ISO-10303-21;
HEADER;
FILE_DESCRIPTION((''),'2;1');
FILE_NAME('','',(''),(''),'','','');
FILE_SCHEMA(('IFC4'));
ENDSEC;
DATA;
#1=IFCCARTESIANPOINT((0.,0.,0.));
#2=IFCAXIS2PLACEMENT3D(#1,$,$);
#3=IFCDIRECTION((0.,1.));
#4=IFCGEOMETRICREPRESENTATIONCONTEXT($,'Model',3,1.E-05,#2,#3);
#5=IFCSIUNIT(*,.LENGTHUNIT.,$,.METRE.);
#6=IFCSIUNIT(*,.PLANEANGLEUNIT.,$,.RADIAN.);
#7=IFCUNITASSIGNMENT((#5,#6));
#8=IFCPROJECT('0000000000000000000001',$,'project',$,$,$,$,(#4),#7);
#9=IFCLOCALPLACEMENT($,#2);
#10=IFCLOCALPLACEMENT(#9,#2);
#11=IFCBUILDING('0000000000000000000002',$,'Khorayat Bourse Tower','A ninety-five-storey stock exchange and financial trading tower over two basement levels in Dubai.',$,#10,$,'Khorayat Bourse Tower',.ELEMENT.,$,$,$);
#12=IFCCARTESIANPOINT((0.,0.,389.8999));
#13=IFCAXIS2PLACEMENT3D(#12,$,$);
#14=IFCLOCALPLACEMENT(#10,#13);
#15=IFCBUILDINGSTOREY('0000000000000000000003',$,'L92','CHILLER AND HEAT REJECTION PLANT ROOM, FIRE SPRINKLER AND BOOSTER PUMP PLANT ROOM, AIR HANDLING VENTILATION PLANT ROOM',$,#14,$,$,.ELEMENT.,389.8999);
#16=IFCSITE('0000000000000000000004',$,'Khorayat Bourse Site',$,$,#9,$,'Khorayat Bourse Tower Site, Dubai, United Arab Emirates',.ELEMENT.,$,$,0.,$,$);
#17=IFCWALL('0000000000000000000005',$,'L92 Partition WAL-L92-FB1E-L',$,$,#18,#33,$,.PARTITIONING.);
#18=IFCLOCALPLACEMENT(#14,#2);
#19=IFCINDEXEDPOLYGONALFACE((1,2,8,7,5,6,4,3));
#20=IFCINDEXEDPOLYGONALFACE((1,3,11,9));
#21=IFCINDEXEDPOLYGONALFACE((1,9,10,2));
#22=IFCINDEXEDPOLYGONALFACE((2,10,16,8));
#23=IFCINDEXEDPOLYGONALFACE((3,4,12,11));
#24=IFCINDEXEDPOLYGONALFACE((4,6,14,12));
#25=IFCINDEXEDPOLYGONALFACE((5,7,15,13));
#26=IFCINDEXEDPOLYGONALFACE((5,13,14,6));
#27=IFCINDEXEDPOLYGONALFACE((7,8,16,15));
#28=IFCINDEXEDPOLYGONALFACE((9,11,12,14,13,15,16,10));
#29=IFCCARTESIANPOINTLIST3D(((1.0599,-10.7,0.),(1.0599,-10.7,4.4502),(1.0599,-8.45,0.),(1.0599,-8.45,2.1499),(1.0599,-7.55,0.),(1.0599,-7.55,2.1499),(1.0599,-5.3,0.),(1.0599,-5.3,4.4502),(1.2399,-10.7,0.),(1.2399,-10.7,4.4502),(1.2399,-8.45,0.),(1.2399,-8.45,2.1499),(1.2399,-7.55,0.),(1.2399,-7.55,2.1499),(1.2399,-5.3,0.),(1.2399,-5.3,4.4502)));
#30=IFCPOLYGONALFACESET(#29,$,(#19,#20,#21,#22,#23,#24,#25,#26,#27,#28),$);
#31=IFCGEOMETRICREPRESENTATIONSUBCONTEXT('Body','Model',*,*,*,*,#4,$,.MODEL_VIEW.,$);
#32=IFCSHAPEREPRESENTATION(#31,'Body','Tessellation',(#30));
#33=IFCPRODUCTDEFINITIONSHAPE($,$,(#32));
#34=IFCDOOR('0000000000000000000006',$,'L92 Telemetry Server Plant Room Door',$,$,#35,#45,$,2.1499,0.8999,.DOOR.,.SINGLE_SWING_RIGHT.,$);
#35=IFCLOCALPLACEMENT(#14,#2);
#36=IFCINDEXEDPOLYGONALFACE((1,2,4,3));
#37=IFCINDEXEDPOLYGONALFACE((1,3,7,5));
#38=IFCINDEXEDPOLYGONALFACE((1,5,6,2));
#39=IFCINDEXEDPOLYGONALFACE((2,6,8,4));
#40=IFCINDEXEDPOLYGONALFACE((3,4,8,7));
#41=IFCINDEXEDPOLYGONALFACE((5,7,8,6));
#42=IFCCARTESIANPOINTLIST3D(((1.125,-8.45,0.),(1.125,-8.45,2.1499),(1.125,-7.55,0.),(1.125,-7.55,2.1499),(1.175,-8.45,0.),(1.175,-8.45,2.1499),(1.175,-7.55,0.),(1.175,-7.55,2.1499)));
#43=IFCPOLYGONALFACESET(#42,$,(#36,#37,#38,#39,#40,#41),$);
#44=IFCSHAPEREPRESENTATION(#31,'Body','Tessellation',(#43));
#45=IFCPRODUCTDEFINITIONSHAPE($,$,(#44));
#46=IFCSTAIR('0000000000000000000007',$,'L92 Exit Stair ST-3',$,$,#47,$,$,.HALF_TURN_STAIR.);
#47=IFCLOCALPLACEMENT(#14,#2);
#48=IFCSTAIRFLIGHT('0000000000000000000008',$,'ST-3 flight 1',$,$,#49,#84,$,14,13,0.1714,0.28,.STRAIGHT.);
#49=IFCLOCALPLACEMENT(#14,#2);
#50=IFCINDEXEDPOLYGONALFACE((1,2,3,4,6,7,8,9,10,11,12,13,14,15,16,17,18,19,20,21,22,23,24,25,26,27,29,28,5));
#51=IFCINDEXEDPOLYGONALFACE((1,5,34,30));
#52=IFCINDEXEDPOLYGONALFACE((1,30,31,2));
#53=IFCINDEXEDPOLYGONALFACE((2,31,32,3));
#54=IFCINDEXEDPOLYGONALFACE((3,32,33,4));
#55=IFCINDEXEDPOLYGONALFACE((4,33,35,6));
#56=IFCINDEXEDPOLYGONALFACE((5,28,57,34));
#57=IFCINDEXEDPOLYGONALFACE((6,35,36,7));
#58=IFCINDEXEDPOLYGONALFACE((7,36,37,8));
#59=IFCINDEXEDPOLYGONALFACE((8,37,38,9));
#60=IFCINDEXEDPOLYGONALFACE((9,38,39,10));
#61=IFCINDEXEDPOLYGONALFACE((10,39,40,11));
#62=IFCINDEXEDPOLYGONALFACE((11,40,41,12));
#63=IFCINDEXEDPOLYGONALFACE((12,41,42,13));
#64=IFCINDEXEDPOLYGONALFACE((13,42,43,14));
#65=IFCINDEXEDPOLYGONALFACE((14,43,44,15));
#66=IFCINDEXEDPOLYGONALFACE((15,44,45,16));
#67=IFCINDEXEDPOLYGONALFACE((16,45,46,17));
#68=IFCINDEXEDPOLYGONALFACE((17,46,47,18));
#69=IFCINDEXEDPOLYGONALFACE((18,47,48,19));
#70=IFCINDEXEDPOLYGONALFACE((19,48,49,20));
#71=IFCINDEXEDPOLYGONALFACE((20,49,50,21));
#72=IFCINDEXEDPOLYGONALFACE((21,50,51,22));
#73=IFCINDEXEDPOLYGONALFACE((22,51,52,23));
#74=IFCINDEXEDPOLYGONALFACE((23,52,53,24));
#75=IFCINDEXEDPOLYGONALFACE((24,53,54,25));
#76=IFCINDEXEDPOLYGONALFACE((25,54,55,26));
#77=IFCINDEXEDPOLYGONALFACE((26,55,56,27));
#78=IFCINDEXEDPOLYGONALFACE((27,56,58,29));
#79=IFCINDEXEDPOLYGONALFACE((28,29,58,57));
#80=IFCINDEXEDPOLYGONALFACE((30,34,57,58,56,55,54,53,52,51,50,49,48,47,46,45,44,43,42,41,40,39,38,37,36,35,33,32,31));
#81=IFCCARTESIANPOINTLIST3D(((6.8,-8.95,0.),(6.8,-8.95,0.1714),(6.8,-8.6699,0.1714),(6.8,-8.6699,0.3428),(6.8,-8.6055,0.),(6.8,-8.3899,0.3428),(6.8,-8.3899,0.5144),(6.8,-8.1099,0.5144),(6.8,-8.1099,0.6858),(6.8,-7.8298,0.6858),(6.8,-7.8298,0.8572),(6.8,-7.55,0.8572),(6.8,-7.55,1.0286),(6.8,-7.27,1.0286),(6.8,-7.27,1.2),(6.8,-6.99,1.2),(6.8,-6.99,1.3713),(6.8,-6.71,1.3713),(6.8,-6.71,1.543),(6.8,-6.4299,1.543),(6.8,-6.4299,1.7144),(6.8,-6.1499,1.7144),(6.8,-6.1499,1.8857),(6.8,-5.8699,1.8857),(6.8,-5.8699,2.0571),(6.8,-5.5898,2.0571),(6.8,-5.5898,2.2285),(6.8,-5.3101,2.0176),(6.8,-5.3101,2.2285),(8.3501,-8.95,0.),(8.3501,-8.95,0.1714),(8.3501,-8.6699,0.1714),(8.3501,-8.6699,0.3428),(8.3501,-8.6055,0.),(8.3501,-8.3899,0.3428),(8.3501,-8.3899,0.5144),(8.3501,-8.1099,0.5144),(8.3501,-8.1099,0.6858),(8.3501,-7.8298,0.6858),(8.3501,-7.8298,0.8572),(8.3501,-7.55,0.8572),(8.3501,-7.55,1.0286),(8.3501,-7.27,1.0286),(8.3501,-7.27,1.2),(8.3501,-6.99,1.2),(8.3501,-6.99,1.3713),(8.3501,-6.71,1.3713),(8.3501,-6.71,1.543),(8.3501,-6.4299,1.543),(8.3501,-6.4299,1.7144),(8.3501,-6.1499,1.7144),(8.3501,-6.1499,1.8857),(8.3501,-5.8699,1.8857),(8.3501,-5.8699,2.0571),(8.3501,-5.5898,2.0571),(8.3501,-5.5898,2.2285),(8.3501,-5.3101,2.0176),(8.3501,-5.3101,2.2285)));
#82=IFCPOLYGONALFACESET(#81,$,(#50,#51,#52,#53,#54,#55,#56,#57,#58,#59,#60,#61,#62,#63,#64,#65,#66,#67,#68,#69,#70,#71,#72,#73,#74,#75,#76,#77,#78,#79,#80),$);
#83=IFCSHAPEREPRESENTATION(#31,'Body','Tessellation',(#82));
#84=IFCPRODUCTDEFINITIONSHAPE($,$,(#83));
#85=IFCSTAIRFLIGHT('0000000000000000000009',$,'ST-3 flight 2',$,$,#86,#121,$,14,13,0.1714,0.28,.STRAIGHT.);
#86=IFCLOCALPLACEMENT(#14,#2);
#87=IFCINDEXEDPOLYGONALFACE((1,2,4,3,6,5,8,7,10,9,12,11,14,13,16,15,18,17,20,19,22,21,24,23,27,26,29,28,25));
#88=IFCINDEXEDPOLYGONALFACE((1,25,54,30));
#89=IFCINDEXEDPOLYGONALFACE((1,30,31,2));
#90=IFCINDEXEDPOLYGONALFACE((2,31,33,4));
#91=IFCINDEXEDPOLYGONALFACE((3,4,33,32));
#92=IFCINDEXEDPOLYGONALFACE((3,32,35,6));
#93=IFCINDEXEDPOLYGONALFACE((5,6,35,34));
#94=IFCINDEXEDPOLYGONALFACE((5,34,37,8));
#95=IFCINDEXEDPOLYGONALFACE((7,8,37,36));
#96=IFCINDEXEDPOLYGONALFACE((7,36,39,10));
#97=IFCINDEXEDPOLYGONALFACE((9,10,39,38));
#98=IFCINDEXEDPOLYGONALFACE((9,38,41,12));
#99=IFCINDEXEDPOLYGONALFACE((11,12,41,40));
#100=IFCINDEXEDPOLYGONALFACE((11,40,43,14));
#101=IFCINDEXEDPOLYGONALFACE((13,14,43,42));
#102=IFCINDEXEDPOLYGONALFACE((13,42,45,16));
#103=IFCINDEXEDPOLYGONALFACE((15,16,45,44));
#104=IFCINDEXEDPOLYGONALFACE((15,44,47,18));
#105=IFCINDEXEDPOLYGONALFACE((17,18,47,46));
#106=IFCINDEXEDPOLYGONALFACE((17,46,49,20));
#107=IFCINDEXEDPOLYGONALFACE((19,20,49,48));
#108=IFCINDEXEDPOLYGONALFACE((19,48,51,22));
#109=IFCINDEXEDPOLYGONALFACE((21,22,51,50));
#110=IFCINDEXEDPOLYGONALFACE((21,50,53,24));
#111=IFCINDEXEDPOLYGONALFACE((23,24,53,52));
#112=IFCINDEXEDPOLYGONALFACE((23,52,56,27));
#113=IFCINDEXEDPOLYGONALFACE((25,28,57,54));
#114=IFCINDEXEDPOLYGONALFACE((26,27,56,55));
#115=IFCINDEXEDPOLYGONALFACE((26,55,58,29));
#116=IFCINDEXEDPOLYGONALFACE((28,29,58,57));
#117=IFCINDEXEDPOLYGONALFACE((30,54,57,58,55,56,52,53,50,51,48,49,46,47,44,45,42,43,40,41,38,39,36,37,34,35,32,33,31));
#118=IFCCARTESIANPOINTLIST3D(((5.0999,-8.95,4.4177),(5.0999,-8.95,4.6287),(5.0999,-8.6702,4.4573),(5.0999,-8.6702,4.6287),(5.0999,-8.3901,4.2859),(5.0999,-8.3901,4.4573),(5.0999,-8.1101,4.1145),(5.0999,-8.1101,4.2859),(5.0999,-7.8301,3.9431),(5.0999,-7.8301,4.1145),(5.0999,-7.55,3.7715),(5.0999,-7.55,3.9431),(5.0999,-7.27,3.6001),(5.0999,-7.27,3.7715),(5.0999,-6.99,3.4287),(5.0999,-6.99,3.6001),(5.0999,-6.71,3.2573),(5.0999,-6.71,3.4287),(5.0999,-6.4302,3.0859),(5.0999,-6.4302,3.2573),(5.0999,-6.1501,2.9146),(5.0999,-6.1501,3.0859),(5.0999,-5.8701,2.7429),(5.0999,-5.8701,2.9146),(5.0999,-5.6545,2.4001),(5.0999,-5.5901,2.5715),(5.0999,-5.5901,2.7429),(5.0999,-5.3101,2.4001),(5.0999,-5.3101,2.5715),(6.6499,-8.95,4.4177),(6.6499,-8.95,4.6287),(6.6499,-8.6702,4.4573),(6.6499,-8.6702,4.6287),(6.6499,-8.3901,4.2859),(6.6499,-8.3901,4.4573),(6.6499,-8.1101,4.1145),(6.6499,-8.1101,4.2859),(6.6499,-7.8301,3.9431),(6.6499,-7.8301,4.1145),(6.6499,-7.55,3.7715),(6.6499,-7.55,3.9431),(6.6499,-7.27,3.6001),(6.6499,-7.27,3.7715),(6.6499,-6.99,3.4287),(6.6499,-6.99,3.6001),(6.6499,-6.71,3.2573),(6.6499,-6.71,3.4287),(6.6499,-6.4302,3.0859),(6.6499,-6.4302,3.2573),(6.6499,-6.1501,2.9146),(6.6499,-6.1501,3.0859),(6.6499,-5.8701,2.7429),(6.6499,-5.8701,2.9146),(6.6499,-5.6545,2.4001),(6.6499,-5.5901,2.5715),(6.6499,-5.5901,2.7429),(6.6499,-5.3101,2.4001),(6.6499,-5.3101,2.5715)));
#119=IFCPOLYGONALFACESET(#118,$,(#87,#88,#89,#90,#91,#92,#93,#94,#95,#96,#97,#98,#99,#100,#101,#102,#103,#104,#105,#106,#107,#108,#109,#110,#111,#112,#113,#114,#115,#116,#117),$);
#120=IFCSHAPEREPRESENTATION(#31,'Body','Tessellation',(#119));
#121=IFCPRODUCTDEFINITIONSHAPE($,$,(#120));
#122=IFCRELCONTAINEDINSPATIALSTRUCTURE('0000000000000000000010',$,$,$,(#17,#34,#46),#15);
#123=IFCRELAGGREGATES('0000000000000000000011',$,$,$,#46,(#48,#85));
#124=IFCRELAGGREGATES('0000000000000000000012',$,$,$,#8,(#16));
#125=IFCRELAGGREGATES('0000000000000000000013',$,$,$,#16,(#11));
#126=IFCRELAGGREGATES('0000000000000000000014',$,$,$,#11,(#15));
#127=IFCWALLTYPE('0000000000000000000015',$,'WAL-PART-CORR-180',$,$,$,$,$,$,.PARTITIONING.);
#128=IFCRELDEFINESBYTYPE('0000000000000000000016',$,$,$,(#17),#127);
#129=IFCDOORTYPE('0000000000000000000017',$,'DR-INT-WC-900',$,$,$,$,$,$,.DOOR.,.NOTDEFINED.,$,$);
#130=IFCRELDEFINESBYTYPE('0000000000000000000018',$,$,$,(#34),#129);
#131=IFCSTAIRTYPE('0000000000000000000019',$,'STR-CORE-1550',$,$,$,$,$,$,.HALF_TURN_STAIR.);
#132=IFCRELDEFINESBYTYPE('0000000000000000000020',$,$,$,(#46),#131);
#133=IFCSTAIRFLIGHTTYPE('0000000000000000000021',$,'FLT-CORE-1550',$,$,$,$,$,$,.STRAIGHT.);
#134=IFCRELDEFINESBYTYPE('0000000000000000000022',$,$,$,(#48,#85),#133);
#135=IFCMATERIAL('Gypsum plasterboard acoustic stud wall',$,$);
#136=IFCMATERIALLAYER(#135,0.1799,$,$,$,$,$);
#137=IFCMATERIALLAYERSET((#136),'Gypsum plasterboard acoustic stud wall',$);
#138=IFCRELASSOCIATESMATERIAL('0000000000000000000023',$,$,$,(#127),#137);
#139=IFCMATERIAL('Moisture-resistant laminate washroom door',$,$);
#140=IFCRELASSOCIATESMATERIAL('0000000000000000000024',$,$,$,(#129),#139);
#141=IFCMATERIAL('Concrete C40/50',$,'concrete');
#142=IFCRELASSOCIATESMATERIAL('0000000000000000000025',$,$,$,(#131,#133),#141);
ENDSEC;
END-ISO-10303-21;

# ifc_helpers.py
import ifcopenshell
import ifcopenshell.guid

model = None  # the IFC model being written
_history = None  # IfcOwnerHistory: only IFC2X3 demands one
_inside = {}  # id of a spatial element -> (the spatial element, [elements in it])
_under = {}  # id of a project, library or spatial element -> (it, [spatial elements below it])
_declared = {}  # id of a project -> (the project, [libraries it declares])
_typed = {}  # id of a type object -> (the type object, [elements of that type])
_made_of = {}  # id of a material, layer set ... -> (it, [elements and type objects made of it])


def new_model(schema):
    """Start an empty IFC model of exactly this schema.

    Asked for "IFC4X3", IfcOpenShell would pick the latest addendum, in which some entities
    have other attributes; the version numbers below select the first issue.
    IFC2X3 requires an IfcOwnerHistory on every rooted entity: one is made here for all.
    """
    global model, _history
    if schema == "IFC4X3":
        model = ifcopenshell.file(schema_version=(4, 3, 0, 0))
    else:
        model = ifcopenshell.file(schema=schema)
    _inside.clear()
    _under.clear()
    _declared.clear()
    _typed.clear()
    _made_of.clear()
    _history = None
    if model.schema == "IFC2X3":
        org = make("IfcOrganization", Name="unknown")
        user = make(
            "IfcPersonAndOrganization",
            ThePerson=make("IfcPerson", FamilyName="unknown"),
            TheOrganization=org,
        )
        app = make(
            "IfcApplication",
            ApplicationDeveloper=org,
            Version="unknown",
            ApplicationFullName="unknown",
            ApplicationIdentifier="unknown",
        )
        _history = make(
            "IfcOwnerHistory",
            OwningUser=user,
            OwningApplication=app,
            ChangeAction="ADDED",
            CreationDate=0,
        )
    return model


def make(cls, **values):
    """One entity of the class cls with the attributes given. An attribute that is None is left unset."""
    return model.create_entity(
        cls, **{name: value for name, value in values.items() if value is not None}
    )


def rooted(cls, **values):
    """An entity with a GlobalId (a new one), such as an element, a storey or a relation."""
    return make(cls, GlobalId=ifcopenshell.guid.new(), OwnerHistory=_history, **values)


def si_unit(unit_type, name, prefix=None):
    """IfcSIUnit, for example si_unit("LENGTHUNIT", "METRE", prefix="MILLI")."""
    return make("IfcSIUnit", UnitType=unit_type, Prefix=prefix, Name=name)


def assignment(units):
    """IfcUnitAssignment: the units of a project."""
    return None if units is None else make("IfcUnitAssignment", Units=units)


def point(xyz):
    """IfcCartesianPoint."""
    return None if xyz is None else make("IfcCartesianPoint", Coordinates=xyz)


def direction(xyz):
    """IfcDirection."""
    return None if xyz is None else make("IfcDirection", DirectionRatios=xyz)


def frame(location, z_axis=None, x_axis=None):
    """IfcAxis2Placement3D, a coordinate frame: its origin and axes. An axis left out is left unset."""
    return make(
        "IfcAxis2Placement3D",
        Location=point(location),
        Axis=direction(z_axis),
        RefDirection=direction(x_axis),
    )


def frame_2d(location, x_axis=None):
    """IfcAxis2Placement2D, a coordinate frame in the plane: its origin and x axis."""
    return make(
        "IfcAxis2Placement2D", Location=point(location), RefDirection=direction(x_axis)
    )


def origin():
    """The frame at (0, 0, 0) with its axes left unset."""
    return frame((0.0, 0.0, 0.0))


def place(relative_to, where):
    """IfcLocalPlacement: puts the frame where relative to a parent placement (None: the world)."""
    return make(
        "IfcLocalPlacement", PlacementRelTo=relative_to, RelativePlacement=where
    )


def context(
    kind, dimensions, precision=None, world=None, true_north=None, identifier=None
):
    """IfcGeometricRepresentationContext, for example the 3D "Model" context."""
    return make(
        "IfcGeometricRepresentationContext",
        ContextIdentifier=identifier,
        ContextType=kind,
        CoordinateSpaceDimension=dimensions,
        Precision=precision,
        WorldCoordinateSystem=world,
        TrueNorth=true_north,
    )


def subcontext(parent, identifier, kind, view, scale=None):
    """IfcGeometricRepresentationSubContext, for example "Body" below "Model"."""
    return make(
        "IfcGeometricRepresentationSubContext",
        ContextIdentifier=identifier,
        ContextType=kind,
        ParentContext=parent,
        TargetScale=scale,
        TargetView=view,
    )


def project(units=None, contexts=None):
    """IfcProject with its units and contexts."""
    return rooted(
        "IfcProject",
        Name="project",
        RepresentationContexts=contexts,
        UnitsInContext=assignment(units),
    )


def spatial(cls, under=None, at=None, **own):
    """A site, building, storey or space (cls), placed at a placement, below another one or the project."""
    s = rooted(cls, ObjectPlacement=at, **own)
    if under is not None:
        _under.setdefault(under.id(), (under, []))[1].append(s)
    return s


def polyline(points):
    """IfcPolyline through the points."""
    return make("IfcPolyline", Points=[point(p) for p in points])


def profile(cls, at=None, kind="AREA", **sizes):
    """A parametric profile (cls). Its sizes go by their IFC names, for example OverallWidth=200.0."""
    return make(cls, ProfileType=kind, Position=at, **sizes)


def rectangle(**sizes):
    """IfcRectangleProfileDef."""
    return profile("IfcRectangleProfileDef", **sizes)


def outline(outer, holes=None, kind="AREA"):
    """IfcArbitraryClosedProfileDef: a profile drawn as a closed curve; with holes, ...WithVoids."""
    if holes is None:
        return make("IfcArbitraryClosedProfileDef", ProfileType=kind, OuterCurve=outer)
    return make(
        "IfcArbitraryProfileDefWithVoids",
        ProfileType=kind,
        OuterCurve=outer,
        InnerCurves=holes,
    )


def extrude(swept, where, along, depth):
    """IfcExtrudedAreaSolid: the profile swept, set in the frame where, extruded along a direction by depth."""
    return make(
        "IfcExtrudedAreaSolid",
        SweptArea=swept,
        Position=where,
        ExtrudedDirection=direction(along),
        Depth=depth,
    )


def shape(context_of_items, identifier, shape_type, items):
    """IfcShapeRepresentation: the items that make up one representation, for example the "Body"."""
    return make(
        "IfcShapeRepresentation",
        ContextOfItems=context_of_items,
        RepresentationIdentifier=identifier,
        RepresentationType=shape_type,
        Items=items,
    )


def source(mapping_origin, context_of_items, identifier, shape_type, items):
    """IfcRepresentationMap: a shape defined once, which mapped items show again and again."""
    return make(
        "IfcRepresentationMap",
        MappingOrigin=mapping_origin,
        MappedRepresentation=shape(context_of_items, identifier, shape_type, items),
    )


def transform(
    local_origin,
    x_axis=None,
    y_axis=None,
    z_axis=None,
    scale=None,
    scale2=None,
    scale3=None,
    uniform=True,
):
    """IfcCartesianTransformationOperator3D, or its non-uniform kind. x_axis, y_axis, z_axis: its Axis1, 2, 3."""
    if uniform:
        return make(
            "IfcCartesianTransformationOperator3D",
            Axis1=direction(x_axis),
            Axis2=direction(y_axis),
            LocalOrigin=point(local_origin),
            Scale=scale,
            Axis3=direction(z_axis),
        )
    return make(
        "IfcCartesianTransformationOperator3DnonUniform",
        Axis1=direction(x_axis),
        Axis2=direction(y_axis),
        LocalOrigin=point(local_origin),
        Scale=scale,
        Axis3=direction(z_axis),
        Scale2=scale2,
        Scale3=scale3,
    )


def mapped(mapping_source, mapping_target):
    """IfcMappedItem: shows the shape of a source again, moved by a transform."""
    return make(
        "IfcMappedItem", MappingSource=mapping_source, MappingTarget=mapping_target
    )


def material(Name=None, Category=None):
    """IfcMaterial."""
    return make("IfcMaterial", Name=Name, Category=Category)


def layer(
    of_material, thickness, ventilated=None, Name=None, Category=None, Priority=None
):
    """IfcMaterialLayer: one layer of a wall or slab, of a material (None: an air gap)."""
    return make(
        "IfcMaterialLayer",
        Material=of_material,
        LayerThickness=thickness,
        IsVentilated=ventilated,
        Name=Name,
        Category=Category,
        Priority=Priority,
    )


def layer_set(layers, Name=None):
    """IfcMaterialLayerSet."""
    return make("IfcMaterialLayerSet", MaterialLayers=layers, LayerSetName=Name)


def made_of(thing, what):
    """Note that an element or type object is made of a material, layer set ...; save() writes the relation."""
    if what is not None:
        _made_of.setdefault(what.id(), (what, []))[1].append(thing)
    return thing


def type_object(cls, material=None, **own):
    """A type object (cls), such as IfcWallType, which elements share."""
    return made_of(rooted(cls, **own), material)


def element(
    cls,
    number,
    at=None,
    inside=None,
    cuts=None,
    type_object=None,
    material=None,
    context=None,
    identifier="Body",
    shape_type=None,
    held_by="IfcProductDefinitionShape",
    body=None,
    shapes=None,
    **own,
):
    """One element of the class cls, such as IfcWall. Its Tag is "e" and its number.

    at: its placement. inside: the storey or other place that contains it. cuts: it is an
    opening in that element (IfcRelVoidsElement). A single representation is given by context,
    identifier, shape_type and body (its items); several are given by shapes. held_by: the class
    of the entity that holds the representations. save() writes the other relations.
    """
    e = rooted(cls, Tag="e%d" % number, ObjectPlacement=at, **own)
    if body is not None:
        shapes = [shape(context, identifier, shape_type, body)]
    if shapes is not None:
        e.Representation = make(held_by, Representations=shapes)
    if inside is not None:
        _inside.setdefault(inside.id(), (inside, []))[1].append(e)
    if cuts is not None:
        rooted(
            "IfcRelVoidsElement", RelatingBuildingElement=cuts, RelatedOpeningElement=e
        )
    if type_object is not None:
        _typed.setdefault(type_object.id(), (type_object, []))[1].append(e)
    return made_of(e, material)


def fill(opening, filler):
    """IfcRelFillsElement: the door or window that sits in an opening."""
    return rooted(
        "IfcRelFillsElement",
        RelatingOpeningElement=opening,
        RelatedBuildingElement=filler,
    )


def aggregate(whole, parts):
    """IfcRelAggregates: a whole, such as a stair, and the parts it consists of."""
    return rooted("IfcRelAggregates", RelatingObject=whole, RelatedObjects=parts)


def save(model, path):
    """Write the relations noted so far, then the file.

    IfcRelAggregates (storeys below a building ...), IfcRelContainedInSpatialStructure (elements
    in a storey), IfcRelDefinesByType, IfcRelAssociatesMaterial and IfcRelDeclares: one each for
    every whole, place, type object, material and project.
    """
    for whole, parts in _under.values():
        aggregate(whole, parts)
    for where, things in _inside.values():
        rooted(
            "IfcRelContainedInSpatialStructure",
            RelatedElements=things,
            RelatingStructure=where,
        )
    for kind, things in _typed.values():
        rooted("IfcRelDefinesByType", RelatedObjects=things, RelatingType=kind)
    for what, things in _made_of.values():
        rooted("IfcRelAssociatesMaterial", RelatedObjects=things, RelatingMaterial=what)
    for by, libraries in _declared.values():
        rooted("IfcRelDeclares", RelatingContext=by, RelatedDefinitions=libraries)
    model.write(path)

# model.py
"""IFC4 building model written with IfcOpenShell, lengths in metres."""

from ifc_helpers import new_model, si_unit, direction, frame, frame_2d, origin, place, context, subcontext, project, spatial, polyline, rectangle, outline, extrude, source, transform, mapped, material, layer, layer_set, type_object, element, fill, aggregate, save


model = new_model("IFC4")

# Units and contexts
model_context = context("Model", 3, precision=1e-05, world=origin(), true_north=direction((0.0, 1.0)))
body_context = subcontext(model_context, "Body", "Model", "MODEL_VIEW")
ifc_project = project(units=[si_unit("LENGTHUNIT", "METRE"), si_unit("PLANEANGLEUNIT", "RADIAN")], contexts=[model_context])

# Site, building, storey
site_placement = place(None, origin())
site = spatial("IfcSite", under=ifc_project, at=site_placement, Name="Khorayat Bourse Site", LongName="Khorayat Bourse Tower Site, Dubai, United Arab Emirates", CompositionType="ELEMENT", RefElevation=0.0)
building_placement = place(site_placement, origin())
building = spatial("IfcBuilding", under=site, at=building_placement, Name="Khorayat Bourse Tower", Description="A ninety-five-storey stock exchange and financial trading tower over two basement levels in Dubai.", LongName="Khorayat Bourse Tower", CompositionType="ELEMENT")
storey_placement = place(building_placement, frame((0.0, 0.0, 389.8999)))
storey = spatial("IfcBuildingStorey", under=building, at=storey_placement, Name="L92", Description="CHILLER AND HEAT REJECTION PLANT ROOM, FIRE SPRINKLER AND BOOSTER PUMP PLANT ROOM, AIR HANDLING VENTILATION PLANT ROOM", CompositionType="ELEMENT", Elevation=389.8999)

# Wall, opening, door
ifc_material_1 = material(Name="Gypsum plasterboard acoustic stud wall")
ifc_layer_1 = layer(ifc_material_1, 0.1799)
ifc_layer_set_1 = layer_set([ifc_layer_1], Name="Gypsum plasterboard acoustic stud wall")
wall_type_1 = type_object("IfcWallType", Name="WAL-PART-CORR-180", PredefinedType="PARTITIONING", material=ifc_layer_set_1)
shared_shape_1 = source(origin(), body_context, "Body", "SweptSolid", [
    extrude(rectangle(XDim=5.3999, YDim=0.1799, at=frame_2d((2.7, 0.0))), origin(), (0.0, 0.0, 1.0), 4.4502),
])
wall_1_placement = place(storey_placement, frame((1.1499, -10.7, 0.0), z_axis=(0.0, 0.0, 1.0), x_axis=(0.0, 1.0, 0.0)))
wall_1 = element("IfcWall", 1, at=wall_1_placement, inside=storey, type_object=wall_type_1, Name="L92 Partition WAL-L92-FB1E-L", PredefinedType="PARTITIONING", context=body_context, shape_type="MappedRepresentation", body=[
    mapped(shared_shape_1, transform((0.0, 0.0, 0.0), scale=1.0)),
])
shared_shape_2 = source(origin(), body_context, "Body", "SweptSolid", [
    extrude(rectangle(XDim=0.8999, YDim=2.1499, at=frame_2d((0.45, 1.075))), frame((0.0, 0.0999, 0.0), z_axis=(0.0, -1.0, 0.0), x_axis=(1.0, 0.0, 0.0)), (0.0, 0.0, 1.0), 0.2),
])
opening_1_placement = place(wall_1_placement, frame((2.25, 0.0, 0.0)))
opening_1 = element("IfcOpeningElement", 2, at=opening_1_placement, cuts=wall_1, PredefinedType="OPENING", context=body_context, shape_type="MappedRepresentation", body=[
    mapped(shared_shape_2, transform((0.0, 0.0, 0.0), scale=1.0)),
])
ifc_material_2 = material(Name="Moisture-resistant laminate washroom door")
door_type = type_object("IfcDoorType", Name="DR-INT-WC-900", OperationType="NOTDEFINED", PredefinedType="DOOR", material=ifc_material_2)
shared_shape_3 = source(origin(), body_context, "Body", "SweptSolid", [
    extrude(rectangle(XDim=0.8999, YDim=2.1499, at=frame_2d((0.45, 1.075))), frame((0.0, 0.0249, 0.0), z_axis=(0.0, -1.0, 0.0), x_axis=(1.0, 0.0, 0.0)), (0.0, 0.0, 1.0), 0.05),
])
door_1_placement = place(opening_1_placement, origin())
door_1 = element("IfcDoor", 3, at=door_1_placement, inside=storey, type_object=door_type, Name="L92 Telemetry Server Plant Room Door", OperationType="SINGLE_SWING_RIGHT", OverallHeight=2.1499, OverallWidth=0.8999, PredefinedType="DOOR", context=body_context, shape_type="MappedRepresentation", body=[
    mapped(shared_shape_3, transform((0.0, 0.0, 0.0), scale=1.0)),
])
fill(opening_1, door_1)

# Stair, stair flights
ifc_material_3 = material(Name="Concrete C40/50", Category="concrete")
stair_type = type_object("IfcStairType", Name="STR-CORE-1550", PredefinedType="HALF_TURN_STAIR", material=ifc_material_3)
stair_placement = place(storey_placement, origin())
stair = element("IfcStair", 4, at=stair_placement, inside=storey, type_object=stair_type, Name="L92 Exit Stair ST-3", PredefinedType="HALF_TURN_STAIR")
stair_flight_type = type_object("IfcStairFlightType", Name="FLT-CORE-1550", PredefinedType="STRAIGHT", material=ifc_material_3)
shared_shape_4 = source(origin(), body_context, "Body", "SweptSolid", [
    extrude(outline(polyline([(0.0, 0.0), (0.0, 0.1714), (0.28, 0.1714), (0.28, 0.3428), (0.5601, 0.3428), (0.5601, 0.5144), (0.8401, 0.5144), (0.8401, 0.6858), (1.1201, 0.6858), (1.1201, 0.8572), (1.3999, 0.8572), (1.3999, 1.0286), (1.6799, 1.0286), (1.6799, 1.2), (1.96, 1.2), (1.96, 1.3713), (2.24, 1.3713), (2.24, 1.543), (2.52, 1.543), (2.52, 1.7144), (2.8, 1.7144), (2.8, 1.8857), (3.0801, 1.8857), (3.0801, 2.0571), (3.3601, 2.0571), (3.3601, 2.2285), (3.6399, 2.2285), (3.6399, 2.3999), (3.6399, 2.0176), (0.3445, 0.0), (0.0, 0.0)])), frame((0.0, 0.7749, 0.0), z_axis=(0.0, -1.0, 0.0), x_axis=(1.0, 0.0, 0.0)), (0.0, 0.0, 1.0), 1.55),
])
stair_flight_1_placement = place(storey_placement, frame((7.575, -8.95, 0.0), z_axis=(0.0, 0.0, 1.0), x_axis=(0.0, 1.0, 0.0)))
stair_flight_1 = element("IfcStairFlight", 5, at=stair_flight_1_placement, type_object=stair_flight_type, Name="ST-3 flight 1", NumberOfRisers=14, NumberOfTreads=13, PredefinedType="STRAIGHT", RiserHeight=0.1714, TreadLength=0.28, context=body_context, shape_type="MappedRepresentation", body=[
    mapped(shared_shape_4, transform((0.0, 0.0, 0.0), scale=1.0)),
])
stair_flight_2_placement = place(storey_placement, frame((5.875, -5.3101, 2.4001), z_axis=(0.0, 0.0, 1.0), x_axis=(0.0, -1.0, 0.0)))
stair_flight_2 = element("IfcStairFlight", 6, at=stair_flight_2_placement, type_object=stair_flight_type, Name="ST-3 flight 2", NumberOfRisers=14, NumberOfTreads=13, PredefinedType="STRAIGHT", RiserHeight=0.1714, TreadLength=0.28, context=body_context, shape_type="MappedRepresentation", body=[
    mapped(shared_shape_4, transform((0.0, 0.0, 0.0), scale=1.0)),
])
aggregate(stair, [stair_flight_1, stair_flight_2])

save(model, "model.ifc")
